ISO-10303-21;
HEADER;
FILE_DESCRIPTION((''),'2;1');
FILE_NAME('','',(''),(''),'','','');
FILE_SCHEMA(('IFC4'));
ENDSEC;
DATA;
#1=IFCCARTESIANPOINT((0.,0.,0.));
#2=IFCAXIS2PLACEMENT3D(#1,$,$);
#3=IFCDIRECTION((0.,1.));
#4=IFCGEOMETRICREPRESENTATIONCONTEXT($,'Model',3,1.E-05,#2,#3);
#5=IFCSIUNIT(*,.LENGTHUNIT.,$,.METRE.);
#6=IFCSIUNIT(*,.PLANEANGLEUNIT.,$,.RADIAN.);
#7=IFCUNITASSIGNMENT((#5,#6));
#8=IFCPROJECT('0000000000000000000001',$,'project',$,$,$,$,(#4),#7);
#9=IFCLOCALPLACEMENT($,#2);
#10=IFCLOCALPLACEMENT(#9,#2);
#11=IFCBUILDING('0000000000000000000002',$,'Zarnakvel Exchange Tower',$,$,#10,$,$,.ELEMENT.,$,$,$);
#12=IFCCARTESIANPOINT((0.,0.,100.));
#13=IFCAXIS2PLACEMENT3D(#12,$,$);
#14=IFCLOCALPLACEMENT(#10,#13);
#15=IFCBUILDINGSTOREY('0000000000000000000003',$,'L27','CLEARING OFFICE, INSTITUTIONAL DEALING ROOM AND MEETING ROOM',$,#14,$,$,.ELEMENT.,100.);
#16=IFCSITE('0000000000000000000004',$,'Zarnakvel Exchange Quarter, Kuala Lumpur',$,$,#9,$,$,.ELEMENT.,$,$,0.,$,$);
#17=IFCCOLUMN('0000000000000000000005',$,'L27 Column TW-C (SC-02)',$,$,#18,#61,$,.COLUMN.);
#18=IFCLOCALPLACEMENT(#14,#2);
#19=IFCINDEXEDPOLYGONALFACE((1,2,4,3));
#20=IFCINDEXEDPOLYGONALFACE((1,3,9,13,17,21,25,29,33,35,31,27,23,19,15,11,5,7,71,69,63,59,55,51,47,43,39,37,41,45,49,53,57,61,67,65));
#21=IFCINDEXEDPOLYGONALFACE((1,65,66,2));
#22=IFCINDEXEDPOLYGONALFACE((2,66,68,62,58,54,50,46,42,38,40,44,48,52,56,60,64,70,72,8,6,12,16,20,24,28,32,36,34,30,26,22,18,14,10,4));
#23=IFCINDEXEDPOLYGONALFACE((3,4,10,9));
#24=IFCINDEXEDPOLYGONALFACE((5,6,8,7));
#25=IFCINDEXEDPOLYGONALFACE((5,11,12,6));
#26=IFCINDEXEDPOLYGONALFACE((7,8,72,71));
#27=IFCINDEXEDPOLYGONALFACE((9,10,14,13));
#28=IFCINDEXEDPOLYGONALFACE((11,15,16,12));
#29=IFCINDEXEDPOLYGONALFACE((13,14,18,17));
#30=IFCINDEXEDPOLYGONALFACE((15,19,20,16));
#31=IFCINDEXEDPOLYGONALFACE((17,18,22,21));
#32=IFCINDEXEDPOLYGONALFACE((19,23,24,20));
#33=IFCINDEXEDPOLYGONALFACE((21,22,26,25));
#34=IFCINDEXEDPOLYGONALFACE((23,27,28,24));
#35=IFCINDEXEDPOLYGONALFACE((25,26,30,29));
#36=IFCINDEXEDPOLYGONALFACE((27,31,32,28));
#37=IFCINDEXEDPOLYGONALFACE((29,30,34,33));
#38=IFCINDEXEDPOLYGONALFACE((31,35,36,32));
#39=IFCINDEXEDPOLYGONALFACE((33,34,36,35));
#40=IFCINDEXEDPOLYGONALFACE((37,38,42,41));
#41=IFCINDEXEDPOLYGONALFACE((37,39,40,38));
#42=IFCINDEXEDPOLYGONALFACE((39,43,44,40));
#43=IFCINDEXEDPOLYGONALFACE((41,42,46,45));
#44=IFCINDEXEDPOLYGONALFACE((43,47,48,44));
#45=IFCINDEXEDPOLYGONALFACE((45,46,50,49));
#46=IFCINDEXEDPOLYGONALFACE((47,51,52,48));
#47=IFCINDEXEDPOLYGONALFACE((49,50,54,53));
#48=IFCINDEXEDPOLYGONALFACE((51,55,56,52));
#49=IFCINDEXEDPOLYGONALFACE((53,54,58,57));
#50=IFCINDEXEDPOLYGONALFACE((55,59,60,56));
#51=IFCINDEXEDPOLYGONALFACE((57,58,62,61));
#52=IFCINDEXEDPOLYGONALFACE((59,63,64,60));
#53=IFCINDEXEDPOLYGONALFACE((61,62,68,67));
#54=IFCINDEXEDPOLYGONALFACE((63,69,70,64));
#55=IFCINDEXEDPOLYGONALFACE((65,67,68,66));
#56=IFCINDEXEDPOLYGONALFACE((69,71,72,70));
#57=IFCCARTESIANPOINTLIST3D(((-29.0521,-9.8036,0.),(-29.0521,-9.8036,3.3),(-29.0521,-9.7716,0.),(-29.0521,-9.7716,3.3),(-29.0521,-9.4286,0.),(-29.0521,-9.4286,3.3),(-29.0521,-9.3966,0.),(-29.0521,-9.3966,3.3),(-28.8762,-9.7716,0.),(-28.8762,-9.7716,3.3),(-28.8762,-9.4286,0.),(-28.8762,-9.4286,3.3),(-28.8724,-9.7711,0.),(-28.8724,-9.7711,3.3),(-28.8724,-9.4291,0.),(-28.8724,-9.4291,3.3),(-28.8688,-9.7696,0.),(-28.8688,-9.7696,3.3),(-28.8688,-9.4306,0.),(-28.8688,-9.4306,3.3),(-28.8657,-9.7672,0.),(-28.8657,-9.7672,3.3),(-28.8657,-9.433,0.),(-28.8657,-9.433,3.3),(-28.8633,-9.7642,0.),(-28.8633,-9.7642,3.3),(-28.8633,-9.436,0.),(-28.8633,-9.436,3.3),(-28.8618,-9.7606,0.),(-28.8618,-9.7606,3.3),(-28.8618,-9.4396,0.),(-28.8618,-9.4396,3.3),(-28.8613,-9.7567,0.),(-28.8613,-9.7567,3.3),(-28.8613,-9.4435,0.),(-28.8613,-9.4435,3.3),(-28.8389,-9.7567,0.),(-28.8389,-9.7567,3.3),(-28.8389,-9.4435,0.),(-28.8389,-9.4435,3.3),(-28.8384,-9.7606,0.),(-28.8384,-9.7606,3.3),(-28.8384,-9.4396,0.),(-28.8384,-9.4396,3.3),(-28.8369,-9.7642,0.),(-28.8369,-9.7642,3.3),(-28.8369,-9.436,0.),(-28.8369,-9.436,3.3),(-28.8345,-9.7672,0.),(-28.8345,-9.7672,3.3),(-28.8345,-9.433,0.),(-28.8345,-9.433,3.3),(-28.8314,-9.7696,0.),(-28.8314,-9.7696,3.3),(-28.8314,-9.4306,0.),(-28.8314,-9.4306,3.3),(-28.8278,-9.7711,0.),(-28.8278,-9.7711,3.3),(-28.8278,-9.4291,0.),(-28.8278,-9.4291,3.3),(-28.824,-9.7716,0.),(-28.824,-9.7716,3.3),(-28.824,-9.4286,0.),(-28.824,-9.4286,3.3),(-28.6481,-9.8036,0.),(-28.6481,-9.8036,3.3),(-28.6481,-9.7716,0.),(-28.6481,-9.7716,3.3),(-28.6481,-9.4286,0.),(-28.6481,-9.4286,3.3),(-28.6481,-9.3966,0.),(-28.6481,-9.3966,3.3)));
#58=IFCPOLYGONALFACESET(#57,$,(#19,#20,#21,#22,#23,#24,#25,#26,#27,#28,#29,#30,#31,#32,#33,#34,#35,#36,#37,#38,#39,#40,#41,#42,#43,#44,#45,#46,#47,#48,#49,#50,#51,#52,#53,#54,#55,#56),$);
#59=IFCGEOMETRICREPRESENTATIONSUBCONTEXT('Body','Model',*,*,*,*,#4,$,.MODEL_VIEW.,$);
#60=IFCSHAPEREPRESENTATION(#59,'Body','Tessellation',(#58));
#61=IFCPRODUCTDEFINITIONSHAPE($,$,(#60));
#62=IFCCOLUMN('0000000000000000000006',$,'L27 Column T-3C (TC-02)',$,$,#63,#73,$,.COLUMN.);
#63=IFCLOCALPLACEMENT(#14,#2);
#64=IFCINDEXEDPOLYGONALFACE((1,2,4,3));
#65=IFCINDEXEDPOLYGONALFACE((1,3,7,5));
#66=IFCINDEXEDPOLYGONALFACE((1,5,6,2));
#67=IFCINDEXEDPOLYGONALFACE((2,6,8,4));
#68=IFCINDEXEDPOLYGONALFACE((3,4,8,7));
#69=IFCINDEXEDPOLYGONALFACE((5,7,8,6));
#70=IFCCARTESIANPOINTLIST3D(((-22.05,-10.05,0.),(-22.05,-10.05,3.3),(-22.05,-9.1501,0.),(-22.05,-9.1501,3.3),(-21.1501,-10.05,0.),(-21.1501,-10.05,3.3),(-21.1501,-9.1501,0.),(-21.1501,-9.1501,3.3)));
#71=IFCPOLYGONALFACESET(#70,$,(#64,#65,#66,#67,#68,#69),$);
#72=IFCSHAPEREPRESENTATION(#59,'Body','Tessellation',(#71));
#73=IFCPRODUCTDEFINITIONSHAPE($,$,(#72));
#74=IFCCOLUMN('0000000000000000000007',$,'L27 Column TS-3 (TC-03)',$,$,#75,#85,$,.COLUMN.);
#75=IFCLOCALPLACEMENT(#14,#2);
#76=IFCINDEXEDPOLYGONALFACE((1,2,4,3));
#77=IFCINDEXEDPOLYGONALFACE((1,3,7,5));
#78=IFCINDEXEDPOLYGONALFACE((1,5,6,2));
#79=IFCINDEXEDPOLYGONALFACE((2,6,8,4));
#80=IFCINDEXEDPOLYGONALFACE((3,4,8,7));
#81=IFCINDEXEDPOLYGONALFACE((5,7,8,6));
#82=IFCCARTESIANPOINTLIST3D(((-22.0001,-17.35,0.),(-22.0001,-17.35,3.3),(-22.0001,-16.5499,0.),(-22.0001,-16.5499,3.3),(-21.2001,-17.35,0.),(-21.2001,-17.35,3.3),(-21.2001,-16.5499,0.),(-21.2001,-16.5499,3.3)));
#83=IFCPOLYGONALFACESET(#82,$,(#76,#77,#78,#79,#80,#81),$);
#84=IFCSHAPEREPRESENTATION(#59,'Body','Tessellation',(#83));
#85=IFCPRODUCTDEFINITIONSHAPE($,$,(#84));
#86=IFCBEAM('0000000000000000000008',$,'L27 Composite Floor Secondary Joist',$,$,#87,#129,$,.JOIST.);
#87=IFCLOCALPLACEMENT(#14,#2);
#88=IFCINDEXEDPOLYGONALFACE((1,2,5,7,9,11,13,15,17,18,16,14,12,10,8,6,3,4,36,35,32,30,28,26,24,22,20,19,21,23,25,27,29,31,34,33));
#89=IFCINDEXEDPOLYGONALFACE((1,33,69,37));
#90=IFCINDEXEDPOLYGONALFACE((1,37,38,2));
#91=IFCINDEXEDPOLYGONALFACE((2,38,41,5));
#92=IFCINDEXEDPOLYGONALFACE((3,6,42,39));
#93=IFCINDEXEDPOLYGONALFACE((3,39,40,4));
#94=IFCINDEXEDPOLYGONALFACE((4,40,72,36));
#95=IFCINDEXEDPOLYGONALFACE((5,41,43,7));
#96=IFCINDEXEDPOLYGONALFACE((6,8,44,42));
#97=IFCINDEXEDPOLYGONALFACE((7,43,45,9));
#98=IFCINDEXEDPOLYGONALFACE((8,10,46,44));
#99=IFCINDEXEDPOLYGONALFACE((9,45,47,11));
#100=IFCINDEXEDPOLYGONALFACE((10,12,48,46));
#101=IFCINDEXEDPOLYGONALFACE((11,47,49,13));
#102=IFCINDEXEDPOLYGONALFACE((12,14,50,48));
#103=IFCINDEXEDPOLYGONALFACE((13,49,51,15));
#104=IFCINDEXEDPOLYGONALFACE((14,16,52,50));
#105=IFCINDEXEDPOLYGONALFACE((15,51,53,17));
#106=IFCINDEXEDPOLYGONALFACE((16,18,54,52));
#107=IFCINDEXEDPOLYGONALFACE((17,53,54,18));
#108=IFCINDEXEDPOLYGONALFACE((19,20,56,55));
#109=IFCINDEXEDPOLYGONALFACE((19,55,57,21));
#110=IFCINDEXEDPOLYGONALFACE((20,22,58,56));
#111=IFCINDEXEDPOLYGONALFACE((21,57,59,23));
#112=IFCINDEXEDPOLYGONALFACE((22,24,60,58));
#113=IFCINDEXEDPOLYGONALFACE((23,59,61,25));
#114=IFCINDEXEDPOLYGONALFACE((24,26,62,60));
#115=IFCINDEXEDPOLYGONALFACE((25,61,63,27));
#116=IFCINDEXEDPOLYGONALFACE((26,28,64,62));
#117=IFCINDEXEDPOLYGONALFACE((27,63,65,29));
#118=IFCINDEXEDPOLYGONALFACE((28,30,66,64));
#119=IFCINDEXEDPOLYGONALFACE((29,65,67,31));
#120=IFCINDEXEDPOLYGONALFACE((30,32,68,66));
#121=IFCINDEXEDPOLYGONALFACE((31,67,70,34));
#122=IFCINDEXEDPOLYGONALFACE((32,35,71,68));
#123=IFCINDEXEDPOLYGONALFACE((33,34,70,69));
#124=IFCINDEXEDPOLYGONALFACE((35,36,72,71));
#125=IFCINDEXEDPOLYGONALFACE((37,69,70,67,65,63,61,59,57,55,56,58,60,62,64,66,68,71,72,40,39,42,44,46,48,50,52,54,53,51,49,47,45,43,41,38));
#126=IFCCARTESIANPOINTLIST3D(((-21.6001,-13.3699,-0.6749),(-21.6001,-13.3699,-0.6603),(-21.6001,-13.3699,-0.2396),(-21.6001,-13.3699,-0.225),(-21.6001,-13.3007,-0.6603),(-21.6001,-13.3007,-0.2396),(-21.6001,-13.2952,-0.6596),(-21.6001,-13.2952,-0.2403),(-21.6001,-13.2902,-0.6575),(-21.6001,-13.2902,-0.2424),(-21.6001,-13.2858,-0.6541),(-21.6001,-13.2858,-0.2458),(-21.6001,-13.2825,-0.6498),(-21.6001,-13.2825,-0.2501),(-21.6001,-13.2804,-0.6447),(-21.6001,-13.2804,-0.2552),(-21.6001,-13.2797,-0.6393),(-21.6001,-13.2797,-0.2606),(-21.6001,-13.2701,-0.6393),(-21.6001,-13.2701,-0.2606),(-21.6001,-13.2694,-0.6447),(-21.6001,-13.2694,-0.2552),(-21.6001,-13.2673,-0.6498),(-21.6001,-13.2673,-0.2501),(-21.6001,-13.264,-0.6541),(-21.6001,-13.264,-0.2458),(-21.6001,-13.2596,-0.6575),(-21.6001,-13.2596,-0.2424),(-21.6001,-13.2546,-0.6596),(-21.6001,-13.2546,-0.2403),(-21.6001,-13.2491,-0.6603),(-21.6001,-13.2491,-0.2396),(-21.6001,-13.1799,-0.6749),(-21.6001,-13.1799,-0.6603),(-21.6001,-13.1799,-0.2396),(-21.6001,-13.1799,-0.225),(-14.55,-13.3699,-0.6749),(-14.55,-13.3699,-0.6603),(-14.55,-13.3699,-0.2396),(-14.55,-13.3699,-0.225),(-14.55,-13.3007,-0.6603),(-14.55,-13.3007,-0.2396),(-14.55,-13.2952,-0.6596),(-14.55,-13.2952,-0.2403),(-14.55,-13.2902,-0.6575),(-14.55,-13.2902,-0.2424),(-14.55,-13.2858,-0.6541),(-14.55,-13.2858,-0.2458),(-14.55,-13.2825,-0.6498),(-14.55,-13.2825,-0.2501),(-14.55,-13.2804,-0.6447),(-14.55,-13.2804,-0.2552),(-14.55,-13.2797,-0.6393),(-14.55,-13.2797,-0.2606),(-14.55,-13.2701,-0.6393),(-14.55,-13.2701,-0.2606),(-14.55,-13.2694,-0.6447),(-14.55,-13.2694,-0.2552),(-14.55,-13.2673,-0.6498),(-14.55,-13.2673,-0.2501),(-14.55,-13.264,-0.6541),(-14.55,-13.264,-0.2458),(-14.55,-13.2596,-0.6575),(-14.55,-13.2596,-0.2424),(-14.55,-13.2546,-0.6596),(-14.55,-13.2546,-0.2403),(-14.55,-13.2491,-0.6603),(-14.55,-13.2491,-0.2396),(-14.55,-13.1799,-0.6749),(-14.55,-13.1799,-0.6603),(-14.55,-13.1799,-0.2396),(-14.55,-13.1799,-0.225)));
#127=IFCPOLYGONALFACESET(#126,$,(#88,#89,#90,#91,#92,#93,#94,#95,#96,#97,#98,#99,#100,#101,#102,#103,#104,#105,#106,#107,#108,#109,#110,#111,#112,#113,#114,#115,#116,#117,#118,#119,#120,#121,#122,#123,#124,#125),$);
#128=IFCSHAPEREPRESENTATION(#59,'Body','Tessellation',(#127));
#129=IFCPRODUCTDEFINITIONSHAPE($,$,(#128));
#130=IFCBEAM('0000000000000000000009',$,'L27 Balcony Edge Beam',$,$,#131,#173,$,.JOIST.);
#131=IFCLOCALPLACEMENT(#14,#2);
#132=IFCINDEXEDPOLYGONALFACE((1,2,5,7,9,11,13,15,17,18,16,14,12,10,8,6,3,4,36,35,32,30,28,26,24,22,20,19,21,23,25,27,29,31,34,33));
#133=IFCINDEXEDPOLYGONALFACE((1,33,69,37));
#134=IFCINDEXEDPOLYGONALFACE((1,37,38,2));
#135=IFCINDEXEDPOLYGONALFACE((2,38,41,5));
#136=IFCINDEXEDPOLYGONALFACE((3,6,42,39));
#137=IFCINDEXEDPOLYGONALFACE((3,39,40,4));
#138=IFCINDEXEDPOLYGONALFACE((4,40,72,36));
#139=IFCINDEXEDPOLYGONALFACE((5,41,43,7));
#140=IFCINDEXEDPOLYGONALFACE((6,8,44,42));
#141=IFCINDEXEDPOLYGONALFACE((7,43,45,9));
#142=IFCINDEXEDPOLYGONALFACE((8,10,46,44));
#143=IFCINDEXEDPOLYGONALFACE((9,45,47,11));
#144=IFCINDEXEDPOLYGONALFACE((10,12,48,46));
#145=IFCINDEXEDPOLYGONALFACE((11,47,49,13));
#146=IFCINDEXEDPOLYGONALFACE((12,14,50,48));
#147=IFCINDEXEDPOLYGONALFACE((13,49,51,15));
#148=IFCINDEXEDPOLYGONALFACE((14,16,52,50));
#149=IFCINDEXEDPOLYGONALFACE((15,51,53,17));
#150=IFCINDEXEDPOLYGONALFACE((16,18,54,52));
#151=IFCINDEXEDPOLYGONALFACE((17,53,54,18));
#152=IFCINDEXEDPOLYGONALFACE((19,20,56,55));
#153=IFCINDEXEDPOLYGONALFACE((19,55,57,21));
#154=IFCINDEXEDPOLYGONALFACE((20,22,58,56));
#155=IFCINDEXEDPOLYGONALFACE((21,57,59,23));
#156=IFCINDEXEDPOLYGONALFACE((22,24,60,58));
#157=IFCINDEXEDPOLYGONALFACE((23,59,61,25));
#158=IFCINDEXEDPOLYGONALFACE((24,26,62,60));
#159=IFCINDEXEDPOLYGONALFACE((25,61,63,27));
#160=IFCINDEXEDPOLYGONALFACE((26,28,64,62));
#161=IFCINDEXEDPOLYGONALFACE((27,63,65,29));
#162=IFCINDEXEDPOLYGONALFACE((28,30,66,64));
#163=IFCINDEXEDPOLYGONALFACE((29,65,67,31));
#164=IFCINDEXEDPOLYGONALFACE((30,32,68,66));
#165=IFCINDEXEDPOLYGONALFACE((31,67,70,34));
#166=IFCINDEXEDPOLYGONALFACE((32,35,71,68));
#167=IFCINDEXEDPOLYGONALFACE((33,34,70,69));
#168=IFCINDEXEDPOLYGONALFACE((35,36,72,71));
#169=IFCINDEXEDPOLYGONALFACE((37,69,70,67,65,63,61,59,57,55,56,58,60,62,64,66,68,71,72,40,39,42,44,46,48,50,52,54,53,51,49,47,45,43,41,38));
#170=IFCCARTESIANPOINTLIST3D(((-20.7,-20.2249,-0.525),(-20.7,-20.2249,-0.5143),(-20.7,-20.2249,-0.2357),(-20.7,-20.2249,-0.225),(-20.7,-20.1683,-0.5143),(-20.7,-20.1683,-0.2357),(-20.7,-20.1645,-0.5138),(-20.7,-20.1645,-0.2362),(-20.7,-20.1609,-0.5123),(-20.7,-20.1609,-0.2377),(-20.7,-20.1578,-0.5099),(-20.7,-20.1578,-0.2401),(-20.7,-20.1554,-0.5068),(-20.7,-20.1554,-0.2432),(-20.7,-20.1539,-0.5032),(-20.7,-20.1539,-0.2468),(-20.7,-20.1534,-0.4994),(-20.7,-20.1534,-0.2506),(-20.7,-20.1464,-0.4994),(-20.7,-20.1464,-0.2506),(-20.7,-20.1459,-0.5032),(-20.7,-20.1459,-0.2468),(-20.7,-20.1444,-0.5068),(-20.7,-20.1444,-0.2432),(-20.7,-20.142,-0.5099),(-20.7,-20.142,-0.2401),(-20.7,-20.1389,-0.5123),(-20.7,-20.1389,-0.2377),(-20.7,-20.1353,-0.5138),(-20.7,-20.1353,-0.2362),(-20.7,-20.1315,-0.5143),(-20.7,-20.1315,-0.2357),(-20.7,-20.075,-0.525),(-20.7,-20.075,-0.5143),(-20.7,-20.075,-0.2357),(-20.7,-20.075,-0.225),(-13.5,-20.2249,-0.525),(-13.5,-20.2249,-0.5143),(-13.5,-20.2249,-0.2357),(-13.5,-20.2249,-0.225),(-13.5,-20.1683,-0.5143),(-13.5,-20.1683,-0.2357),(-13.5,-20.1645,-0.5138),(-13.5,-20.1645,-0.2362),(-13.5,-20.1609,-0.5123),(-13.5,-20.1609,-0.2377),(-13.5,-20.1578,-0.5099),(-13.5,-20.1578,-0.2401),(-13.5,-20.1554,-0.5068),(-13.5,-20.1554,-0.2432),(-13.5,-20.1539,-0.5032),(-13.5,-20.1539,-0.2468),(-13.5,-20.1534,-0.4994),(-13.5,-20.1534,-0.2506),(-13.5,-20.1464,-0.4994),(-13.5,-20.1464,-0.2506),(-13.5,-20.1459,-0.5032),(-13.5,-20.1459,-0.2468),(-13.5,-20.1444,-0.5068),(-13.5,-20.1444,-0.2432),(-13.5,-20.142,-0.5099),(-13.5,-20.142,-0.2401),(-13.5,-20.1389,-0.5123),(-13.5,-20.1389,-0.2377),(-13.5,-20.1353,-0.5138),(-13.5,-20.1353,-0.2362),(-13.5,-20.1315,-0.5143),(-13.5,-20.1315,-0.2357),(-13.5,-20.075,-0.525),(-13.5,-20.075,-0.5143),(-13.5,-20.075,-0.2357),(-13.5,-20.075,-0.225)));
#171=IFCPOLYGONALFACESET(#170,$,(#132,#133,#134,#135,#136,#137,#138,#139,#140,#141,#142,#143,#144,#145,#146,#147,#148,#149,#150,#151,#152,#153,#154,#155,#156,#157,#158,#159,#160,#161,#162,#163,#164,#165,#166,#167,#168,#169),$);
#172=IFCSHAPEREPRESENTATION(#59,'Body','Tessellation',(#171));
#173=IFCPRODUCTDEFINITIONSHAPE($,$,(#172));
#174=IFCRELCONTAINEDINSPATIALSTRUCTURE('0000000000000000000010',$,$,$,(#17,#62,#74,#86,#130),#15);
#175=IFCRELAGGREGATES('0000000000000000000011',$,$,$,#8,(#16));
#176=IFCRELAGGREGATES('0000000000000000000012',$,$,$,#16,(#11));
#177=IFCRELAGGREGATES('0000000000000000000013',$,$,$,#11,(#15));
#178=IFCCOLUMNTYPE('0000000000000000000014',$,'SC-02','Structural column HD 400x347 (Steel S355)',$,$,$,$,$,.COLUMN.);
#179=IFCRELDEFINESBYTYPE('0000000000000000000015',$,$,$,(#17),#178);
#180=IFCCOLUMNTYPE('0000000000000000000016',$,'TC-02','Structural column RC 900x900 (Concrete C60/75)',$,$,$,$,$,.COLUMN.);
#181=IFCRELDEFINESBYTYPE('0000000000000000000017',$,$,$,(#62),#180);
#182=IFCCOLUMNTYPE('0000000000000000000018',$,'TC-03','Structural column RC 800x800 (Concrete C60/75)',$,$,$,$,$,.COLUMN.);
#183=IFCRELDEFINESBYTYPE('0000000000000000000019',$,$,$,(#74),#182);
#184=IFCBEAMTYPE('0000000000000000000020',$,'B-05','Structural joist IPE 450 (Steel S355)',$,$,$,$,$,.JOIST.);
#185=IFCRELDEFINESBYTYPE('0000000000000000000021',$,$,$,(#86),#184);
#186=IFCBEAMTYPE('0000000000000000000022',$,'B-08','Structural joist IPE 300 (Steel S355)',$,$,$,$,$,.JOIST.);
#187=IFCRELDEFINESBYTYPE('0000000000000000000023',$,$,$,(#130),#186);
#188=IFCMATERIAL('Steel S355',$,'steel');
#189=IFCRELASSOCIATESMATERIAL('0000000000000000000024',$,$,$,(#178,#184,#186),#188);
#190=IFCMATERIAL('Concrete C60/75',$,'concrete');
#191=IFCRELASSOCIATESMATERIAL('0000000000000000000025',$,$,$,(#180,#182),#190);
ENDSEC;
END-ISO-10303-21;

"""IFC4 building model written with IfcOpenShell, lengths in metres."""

from ifc_helpers import new_model, si_unit, direction, frame, origin, origin_2d, place, context, subcontext, project, spatial, rectangle, i_section, extrude, material, material_profile, profile_set, type_object, element, save


model = new_model("IFC4")

# Units and contexts
model_context = context("Model", 3, precision=1e-05, world=origin(), true_north=direction((0.0, 1.0)))
body_context = subcontext(model_context, "Body", "Model", "MODEL_VIEW")
ifc_project = project(units=[si_unit("LENGTHUNIT", "METRE"), si_unit("PLANEANGLEUNIT", "RADIAN")], contexts=[model_context])

# Site, building, storey
site_placement = place(None, origin())
site = spatial("IfcSite", under=ifc_project, at=site_placement, Name="Zarnakvel Exchange Quarter, Kuala Lumpur", CompositionType="ELEMENT", RefElevation=0.0)
building_placement = place(site_placement, origin())
building = spatial("IfcBuilding", under=site, at=building_placement, Name="Zarnakvel Exchange Tower", CompositionType="ELEMENT")
storey_placement = place(building_placement, frame((0.0, 0.0, 100.0)))
storey = spatial("IfcBuildingStorey", under=building, at=storey_placement, Name="L27", Description="CLEARING OFFICE, INSTITUTIONAL DEALING ROOM AND MEETING ROOM", CompositionType="ELEMENT", Elevation=100.0)

# Columns
ifc_material_1 = material(Name="Steel S355", Category="steel")
ifc_material_profile_1 = material_profile(ifc_material_1, i_section(OverallWidth=0.4041, OverallDepth=0.407, WebThickness=0.0225, FlangeThickness=0.032, FilletRadius=0.0149, at=origin_2d()))
ifc_profile_set_1 = profile_set([ifc_material_profile_1], Name="Steel S355")
column_type_1 = type_object("IfcColumnType", Name="SC-02", Description="Structural column HD 400x347 (Steel S355)", PredefinedType="COLUMN", material=ifc_profile_set_1)
column_1_placement = place(storey_placement, frame((-28.8501, -9.6001, 0.0), z_axis=(0.0, 0.0, 1.0), x_axis=(1.0, 0.0, 0.0)))
element("IfcColumn", 1, at=column_1_placement, inside=storey, type_object=column_type_1, Name="L27 Column TW-C (SC-02)", PredefinedType="COLUMN", context=body_context, shape_type="SweptSolid", body=[
    extrude(i_section(OverallWidth=0.4041, OverallDepth=0.407, WebThickness=0.0225, FlangeThickness=0.032, FilletRadius=0.0149, at=origin_2d()), origin(), (0.0, 0.0, 1.0), 3.3),
])
ifc_material_2 = material(Name="Concrete C60/75", Category="concrete")
ifc_material_profile_2 = material_profile(ifc_material_2, rectangle(XDim=0.8999, YDim=0.8999, at=origin_2d()))
ifc_profile_set_2 = profile_set([ifc_material_profile_2], Name="Concrete C60/75")
column_type_2 = type_object("IfcColumnType", Name="TC-02", Description="Structural column RC 900x900 (Concrete C60/75)", PredefinedType="COLUMN", material=ifc_profile_set_2)
column_2_placement = place(storey_placement, frame((-21.6001, -9.6001, 0.0), z_axis=(0.0, 0.0, 1.0), x_axis=(1.0, 0.0, 0.0)))
element("IfcColumn", 2, at=column_2_placement, inside=storey, type_object=column_type_2, Name="L27 Column T-3C (TC-02)", PredefinedType="COLUMN", context=body_context, shape_type="SweptSolid", body=[
    extrude(rectangle(XDim=0.8999, YDim=0.8999, at=origin_2d()), origin(), (0.0, 0.0, 1.0), 3.3),
])
ifc_material_profile_3 = material_profile(ifc_material_2, rectangle(XDim=0.8, YDim=0.8, at=origin_2d()))
ifc_profile_set_3 = profile_set([ifc_material_profile_3], Name="Concrete C60/75")
column_type_3 = type_object("IfcColumnType", Name="TC-03", Description="Structural column RC 800x800 (Concrete C60/75)", PredefinedType="COLUMN", material=ifc_profile_set_3)
column_3_placement = place(storey_placement, frame((-21.6001, -16.95, 0.0), z_axis=(0.0, 0.0, 1.0), x_axis=(1.0, 0.0, 0.0)))
element("IfcColumn", 3, at=column_3_placement, inside=storey, type_object=column_type_3, Name="L27 Column TS-3 (TC-03)", PredefinedType="COLUMN", context=body_context, shape_type="SweptSolid", body=[
    extrude(rectangle(XDim=0.8, YDim=0.8, at=origin_2d()), origin(), (0.0, 0.0, 1.0), 3.3),
])

# Beams
ifc_material_profile_4 = material_profile(ifc_material_1, i_section(OverallWidth=0.1899, OverallDepth=0.45, WebThickness=0.0095, FlangeThickness=0.0146, FilletRadius=0.021, at=origin_2d()))
ifc_profile_set_4 = profile_set([ifc_material_profile_4], Name="Steel S355")
beam_type_1 = type_object("IfcBeamType", Name="B-05", Description="Structural joist IPE 450 (Steel S355)", PredefinedType="JOIST", material=ifc_profile_set_4)
beam_1_placement = place(storey_placement, frame((-21.6001, -13.2749, -0.45), z_axis=(1.0, 0.0, 0.0), x_axis=(0.0, 1.0, 0.0)))
element("IfcBeam", 4, at=beam_1_placement, inside=storey, type_object=beam_type_1, Name="L27 Composite Floor Secondary Joist", PredefinedType="JOIST", context=body_context, shape_type="SweptSolid", body=[
    extrude(i_section(OverallWidth=0.1899, OverallDepth=0.45, WebThickness=0.0095, FlangeThickness=0.0146, FilletRadius=0.021, at=origin_2d()), origin(), (0.0, 0.0, 1.0), 7.05),
])
ifc_material_profile_5 = material_profile(ifc_material_1, i_section(OverallWidth=0.1499, OverallDepth=0.3, WebThickness=0.0071, FlangeThickness=0.0107, FilletRadius=0.0149, at=origin_2d()))
ifc_profile_set_5 = profile_set([ifc_material_profile_5], Name="Steel S355")
beam_type_2 = type_object("IfcBeamType", Name="B-08", Description="Structural joist IPE 300 (Steel S355)", PredefinedType="JOIST", material=ifc_profile_set_5)
beam_2_placement = place(storey_placement, frame((-20.7, -20.1499, -0.375), z_axis=(1.0, 0.0, 0.0), x_axis=(0.0, 1.0, 0.0)))
element("IfcBeam", 5, at=beam_2_placement, inside=storey, type_object=beam_type_2, Name="L27 Balcony Edge Beam", PredefinedType="JOIST", context=body_context, shape_type="SweptSolid", body=[
    extrude(i_section(OverallWidth=0.1499, OverallDepth=0.3, WebThickness=0.0071, FlangeThickness=0.0107, FilletRadius=0.0149, at=origin_2d()), origin(), (0.0, 0.0, 1.0), 7.2),
])

save(model, "model.ifc")
